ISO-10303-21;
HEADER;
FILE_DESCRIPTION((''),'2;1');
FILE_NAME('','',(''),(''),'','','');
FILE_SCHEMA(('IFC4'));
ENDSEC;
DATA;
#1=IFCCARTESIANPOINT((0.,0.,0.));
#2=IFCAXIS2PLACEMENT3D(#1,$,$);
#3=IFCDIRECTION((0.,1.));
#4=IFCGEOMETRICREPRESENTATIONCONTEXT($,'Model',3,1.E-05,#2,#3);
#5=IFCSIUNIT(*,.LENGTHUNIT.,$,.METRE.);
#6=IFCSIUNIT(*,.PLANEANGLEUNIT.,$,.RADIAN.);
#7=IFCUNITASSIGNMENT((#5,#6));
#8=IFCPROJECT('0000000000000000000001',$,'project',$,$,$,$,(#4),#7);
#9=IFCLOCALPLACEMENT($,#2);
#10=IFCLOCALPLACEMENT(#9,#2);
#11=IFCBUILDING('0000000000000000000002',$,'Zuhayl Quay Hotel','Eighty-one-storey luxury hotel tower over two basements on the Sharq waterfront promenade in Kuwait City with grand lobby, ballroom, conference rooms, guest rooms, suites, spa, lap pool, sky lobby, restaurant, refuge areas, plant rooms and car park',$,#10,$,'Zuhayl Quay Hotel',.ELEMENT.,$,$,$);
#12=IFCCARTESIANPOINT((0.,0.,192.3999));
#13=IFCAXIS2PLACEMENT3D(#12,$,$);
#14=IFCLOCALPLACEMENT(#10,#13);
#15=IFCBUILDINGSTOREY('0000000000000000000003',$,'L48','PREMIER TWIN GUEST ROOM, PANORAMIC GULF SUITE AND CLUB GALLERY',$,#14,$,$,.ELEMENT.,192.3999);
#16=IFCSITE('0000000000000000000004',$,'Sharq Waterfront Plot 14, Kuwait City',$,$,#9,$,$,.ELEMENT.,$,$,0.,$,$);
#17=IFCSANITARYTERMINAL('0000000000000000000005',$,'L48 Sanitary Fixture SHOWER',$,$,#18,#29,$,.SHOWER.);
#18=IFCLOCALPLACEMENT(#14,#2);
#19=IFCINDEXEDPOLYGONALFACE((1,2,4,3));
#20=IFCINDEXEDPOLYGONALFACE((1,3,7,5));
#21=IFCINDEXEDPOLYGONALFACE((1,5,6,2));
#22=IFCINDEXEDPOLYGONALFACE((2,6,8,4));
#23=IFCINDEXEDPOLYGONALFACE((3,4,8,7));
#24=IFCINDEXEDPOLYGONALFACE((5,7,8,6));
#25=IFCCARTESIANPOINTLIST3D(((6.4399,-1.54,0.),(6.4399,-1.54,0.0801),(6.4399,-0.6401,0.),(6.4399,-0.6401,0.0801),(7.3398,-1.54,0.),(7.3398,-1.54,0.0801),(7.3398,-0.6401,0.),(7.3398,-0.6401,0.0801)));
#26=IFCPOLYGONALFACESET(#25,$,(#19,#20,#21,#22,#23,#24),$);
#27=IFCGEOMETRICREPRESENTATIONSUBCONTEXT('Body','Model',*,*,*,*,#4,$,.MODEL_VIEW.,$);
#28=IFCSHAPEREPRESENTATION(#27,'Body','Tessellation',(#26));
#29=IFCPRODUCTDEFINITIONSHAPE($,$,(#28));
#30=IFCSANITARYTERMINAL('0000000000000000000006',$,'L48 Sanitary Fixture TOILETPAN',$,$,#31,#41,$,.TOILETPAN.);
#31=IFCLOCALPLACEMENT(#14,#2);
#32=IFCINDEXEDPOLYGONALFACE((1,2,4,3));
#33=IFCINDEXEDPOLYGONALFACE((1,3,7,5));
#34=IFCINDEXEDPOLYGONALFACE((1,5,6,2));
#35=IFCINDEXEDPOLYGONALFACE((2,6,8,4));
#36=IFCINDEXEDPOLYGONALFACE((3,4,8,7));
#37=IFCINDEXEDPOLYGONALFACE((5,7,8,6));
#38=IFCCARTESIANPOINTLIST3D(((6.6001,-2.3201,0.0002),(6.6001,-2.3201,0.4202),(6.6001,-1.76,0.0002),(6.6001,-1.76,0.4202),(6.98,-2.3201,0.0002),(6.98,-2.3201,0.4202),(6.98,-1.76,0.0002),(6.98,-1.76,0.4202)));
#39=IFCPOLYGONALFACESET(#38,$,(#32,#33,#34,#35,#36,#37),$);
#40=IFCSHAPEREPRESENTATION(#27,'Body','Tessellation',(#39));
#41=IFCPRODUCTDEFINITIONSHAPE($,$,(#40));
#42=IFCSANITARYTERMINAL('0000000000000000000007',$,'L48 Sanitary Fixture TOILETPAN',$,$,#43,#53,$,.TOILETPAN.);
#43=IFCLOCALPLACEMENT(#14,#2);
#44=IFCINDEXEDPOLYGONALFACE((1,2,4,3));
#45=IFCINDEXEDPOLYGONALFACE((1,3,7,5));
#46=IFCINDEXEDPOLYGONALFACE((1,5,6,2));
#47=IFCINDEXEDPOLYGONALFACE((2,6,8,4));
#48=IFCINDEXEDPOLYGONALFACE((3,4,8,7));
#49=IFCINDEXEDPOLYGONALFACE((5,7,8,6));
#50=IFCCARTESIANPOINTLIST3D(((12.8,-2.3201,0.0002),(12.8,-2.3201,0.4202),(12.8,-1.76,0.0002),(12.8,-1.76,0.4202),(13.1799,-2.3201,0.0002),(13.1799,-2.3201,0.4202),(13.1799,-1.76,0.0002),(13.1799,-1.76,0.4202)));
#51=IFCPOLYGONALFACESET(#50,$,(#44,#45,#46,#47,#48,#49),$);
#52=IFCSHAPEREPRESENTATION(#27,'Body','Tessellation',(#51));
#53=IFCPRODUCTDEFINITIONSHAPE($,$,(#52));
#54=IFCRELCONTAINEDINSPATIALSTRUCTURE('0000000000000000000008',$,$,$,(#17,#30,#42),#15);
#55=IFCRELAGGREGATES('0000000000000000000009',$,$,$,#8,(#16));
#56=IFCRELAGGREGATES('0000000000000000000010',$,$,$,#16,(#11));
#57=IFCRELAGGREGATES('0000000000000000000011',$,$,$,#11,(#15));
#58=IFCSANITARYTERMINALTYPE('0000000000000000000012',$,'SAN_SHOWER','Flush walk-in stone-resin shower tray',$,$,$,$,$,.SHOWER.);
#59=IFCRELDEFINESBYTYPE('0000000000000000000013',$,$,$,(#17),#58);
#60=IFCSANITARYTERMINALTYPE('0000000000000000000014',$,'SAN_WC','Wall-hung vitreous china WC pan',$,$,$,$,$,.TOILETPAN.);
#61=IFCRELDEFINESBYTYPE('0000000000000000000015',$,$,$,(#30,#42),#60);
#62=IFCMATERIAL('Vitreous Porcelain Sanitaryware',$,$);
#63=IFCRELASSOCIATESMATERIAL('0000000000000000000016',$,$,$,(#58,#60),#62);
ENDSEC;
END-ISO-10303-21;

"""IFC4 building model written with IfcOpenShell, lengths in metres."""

from ifc_helpers import new_model, si_unit, direction, frame, origin, origin_2d, place, context, subcontext, project, spatial, rectangle, extrude, material, type_object, element, save


model = new_model("IFC4")

# Units and contexts
model_context = context("Model", 3, precision=1e-05, world=origin(), true_north=direction((0.0, 1.0)))
body_context = subcontext(model_context, "Body", "Model", "MODEL_VIEW")
ifc_project = project(units=[si_unit("LENGTHUNIT", "METRE"), si_unit("PLANEANGLEUNIT", "RADIAN")], contexts=[model_context])

# Site, building, storey
site_placement = place(None, origin())
site = spatial("IfcSite", under=ifc_project, at=site_placement, Name="Sharq Waterfront Plot 14, Kuwait City", CompositionType="ELEMENT", RefElevation=0.0)
building_placement = place(site_placement, origin())
building = spatial("IfcBuilding", under=site, at=building_placement, Name="Zuhayl Quay Hotel", Description="Eighty-one-storey luxury hotel tower over two basements on the Sharq waterfront promenade in Kuwait City with grand lobby, ballroom, conference rooms, guest rooms, suites, spa, lap pool, sky lobby, restaurant, refuge areas, plant rooms and car park", LongName="Zuhayl Quay Hotel", CompositionType="ELEMENT")
storey_placement = place(building_placement, frame((0.0, 0.0, 192.3999)))
storey = spatial("IfcBuildingStorey", under=building, at=storey_placement, Name="L48", Description="PREMIER TWIN GUEST ROOM, PANORAMIC GULF SUITE AND CLUB GALLERY", CompositionType="ELEMENT", Elevation=192.3999)

# Sanitary terminals
ifc_material_1 = material(Name="Vitreous Porcelain Sanitaryware")
sanitary_terminal_type_1 = type_object("IfcSanitaryTerminalType", Name="SAN_SHOWER", Description="Flush walk-in stone-resin shower tray", PredefinedType="SHOWER", material=ifc_material_1)
sanitary_terminal_1_placement = place(storey_placement, frame((6.8899, -1.0901, 0.0), z_axis=(0.0, 0.0, 1.0), x_axis=(1.0, 0.0, 0.0)))
element("IfcSanitaryTerminal", 1, at=sanitary_terminal_1_placement, inside=storey, type_object=sanitary_terminal_type_1, Name="L48 Sanitary Fixture SHOWER", PredefinedType="SHOWER", context=body_context, shape_type="SweptSolid", body=[
    extrude(rectangle(XDim=0.8999, YDim=0.8999, at=origin_2d()), origin(), (0.0, 0.0, 1.0), 0.0801),
])
sanitary_terminal_type_2 = type_object("IfcSanitaryTerminalType", Name="SAN_WC", Description="Wall-hung vitreous china WC pan", PredefinedType="TOILETPAN", material=ifc_material_1)
for number, where, z_axis, x_axis, name in (
    (2, (6.79, -2.04, 0.0002), (0.0, 0.0, 1.0), (1.0, 0.0, 0.0), "L48 Sanitary Fixture TOILETPAN"),
    (3, (12.99, -2.04, 0.0002), (0.0, 0.0, 1.0), (1.0, 0.0, 0.0), "L48 Sanitary Fixture TOILETPAN"),
):
    element("IfcSanitaryTerminal", number, at=place(storey_placement, frame(where, z_axis=z_axis, x_axis=x_axis)), inside=storey, type_object=sanitary_terminal_type_2, Name=name, PredefinedType="TOILETPAN", context=body_context, shape_type="SweptSolid", body=[
        extrude(rectangle(XDim=0.3799, YDim=0.5601, at=origin_2d()), origin(), (0.0, 0.0, 1.0), 0.4199),
    ])

save(model, "model.ifc")
